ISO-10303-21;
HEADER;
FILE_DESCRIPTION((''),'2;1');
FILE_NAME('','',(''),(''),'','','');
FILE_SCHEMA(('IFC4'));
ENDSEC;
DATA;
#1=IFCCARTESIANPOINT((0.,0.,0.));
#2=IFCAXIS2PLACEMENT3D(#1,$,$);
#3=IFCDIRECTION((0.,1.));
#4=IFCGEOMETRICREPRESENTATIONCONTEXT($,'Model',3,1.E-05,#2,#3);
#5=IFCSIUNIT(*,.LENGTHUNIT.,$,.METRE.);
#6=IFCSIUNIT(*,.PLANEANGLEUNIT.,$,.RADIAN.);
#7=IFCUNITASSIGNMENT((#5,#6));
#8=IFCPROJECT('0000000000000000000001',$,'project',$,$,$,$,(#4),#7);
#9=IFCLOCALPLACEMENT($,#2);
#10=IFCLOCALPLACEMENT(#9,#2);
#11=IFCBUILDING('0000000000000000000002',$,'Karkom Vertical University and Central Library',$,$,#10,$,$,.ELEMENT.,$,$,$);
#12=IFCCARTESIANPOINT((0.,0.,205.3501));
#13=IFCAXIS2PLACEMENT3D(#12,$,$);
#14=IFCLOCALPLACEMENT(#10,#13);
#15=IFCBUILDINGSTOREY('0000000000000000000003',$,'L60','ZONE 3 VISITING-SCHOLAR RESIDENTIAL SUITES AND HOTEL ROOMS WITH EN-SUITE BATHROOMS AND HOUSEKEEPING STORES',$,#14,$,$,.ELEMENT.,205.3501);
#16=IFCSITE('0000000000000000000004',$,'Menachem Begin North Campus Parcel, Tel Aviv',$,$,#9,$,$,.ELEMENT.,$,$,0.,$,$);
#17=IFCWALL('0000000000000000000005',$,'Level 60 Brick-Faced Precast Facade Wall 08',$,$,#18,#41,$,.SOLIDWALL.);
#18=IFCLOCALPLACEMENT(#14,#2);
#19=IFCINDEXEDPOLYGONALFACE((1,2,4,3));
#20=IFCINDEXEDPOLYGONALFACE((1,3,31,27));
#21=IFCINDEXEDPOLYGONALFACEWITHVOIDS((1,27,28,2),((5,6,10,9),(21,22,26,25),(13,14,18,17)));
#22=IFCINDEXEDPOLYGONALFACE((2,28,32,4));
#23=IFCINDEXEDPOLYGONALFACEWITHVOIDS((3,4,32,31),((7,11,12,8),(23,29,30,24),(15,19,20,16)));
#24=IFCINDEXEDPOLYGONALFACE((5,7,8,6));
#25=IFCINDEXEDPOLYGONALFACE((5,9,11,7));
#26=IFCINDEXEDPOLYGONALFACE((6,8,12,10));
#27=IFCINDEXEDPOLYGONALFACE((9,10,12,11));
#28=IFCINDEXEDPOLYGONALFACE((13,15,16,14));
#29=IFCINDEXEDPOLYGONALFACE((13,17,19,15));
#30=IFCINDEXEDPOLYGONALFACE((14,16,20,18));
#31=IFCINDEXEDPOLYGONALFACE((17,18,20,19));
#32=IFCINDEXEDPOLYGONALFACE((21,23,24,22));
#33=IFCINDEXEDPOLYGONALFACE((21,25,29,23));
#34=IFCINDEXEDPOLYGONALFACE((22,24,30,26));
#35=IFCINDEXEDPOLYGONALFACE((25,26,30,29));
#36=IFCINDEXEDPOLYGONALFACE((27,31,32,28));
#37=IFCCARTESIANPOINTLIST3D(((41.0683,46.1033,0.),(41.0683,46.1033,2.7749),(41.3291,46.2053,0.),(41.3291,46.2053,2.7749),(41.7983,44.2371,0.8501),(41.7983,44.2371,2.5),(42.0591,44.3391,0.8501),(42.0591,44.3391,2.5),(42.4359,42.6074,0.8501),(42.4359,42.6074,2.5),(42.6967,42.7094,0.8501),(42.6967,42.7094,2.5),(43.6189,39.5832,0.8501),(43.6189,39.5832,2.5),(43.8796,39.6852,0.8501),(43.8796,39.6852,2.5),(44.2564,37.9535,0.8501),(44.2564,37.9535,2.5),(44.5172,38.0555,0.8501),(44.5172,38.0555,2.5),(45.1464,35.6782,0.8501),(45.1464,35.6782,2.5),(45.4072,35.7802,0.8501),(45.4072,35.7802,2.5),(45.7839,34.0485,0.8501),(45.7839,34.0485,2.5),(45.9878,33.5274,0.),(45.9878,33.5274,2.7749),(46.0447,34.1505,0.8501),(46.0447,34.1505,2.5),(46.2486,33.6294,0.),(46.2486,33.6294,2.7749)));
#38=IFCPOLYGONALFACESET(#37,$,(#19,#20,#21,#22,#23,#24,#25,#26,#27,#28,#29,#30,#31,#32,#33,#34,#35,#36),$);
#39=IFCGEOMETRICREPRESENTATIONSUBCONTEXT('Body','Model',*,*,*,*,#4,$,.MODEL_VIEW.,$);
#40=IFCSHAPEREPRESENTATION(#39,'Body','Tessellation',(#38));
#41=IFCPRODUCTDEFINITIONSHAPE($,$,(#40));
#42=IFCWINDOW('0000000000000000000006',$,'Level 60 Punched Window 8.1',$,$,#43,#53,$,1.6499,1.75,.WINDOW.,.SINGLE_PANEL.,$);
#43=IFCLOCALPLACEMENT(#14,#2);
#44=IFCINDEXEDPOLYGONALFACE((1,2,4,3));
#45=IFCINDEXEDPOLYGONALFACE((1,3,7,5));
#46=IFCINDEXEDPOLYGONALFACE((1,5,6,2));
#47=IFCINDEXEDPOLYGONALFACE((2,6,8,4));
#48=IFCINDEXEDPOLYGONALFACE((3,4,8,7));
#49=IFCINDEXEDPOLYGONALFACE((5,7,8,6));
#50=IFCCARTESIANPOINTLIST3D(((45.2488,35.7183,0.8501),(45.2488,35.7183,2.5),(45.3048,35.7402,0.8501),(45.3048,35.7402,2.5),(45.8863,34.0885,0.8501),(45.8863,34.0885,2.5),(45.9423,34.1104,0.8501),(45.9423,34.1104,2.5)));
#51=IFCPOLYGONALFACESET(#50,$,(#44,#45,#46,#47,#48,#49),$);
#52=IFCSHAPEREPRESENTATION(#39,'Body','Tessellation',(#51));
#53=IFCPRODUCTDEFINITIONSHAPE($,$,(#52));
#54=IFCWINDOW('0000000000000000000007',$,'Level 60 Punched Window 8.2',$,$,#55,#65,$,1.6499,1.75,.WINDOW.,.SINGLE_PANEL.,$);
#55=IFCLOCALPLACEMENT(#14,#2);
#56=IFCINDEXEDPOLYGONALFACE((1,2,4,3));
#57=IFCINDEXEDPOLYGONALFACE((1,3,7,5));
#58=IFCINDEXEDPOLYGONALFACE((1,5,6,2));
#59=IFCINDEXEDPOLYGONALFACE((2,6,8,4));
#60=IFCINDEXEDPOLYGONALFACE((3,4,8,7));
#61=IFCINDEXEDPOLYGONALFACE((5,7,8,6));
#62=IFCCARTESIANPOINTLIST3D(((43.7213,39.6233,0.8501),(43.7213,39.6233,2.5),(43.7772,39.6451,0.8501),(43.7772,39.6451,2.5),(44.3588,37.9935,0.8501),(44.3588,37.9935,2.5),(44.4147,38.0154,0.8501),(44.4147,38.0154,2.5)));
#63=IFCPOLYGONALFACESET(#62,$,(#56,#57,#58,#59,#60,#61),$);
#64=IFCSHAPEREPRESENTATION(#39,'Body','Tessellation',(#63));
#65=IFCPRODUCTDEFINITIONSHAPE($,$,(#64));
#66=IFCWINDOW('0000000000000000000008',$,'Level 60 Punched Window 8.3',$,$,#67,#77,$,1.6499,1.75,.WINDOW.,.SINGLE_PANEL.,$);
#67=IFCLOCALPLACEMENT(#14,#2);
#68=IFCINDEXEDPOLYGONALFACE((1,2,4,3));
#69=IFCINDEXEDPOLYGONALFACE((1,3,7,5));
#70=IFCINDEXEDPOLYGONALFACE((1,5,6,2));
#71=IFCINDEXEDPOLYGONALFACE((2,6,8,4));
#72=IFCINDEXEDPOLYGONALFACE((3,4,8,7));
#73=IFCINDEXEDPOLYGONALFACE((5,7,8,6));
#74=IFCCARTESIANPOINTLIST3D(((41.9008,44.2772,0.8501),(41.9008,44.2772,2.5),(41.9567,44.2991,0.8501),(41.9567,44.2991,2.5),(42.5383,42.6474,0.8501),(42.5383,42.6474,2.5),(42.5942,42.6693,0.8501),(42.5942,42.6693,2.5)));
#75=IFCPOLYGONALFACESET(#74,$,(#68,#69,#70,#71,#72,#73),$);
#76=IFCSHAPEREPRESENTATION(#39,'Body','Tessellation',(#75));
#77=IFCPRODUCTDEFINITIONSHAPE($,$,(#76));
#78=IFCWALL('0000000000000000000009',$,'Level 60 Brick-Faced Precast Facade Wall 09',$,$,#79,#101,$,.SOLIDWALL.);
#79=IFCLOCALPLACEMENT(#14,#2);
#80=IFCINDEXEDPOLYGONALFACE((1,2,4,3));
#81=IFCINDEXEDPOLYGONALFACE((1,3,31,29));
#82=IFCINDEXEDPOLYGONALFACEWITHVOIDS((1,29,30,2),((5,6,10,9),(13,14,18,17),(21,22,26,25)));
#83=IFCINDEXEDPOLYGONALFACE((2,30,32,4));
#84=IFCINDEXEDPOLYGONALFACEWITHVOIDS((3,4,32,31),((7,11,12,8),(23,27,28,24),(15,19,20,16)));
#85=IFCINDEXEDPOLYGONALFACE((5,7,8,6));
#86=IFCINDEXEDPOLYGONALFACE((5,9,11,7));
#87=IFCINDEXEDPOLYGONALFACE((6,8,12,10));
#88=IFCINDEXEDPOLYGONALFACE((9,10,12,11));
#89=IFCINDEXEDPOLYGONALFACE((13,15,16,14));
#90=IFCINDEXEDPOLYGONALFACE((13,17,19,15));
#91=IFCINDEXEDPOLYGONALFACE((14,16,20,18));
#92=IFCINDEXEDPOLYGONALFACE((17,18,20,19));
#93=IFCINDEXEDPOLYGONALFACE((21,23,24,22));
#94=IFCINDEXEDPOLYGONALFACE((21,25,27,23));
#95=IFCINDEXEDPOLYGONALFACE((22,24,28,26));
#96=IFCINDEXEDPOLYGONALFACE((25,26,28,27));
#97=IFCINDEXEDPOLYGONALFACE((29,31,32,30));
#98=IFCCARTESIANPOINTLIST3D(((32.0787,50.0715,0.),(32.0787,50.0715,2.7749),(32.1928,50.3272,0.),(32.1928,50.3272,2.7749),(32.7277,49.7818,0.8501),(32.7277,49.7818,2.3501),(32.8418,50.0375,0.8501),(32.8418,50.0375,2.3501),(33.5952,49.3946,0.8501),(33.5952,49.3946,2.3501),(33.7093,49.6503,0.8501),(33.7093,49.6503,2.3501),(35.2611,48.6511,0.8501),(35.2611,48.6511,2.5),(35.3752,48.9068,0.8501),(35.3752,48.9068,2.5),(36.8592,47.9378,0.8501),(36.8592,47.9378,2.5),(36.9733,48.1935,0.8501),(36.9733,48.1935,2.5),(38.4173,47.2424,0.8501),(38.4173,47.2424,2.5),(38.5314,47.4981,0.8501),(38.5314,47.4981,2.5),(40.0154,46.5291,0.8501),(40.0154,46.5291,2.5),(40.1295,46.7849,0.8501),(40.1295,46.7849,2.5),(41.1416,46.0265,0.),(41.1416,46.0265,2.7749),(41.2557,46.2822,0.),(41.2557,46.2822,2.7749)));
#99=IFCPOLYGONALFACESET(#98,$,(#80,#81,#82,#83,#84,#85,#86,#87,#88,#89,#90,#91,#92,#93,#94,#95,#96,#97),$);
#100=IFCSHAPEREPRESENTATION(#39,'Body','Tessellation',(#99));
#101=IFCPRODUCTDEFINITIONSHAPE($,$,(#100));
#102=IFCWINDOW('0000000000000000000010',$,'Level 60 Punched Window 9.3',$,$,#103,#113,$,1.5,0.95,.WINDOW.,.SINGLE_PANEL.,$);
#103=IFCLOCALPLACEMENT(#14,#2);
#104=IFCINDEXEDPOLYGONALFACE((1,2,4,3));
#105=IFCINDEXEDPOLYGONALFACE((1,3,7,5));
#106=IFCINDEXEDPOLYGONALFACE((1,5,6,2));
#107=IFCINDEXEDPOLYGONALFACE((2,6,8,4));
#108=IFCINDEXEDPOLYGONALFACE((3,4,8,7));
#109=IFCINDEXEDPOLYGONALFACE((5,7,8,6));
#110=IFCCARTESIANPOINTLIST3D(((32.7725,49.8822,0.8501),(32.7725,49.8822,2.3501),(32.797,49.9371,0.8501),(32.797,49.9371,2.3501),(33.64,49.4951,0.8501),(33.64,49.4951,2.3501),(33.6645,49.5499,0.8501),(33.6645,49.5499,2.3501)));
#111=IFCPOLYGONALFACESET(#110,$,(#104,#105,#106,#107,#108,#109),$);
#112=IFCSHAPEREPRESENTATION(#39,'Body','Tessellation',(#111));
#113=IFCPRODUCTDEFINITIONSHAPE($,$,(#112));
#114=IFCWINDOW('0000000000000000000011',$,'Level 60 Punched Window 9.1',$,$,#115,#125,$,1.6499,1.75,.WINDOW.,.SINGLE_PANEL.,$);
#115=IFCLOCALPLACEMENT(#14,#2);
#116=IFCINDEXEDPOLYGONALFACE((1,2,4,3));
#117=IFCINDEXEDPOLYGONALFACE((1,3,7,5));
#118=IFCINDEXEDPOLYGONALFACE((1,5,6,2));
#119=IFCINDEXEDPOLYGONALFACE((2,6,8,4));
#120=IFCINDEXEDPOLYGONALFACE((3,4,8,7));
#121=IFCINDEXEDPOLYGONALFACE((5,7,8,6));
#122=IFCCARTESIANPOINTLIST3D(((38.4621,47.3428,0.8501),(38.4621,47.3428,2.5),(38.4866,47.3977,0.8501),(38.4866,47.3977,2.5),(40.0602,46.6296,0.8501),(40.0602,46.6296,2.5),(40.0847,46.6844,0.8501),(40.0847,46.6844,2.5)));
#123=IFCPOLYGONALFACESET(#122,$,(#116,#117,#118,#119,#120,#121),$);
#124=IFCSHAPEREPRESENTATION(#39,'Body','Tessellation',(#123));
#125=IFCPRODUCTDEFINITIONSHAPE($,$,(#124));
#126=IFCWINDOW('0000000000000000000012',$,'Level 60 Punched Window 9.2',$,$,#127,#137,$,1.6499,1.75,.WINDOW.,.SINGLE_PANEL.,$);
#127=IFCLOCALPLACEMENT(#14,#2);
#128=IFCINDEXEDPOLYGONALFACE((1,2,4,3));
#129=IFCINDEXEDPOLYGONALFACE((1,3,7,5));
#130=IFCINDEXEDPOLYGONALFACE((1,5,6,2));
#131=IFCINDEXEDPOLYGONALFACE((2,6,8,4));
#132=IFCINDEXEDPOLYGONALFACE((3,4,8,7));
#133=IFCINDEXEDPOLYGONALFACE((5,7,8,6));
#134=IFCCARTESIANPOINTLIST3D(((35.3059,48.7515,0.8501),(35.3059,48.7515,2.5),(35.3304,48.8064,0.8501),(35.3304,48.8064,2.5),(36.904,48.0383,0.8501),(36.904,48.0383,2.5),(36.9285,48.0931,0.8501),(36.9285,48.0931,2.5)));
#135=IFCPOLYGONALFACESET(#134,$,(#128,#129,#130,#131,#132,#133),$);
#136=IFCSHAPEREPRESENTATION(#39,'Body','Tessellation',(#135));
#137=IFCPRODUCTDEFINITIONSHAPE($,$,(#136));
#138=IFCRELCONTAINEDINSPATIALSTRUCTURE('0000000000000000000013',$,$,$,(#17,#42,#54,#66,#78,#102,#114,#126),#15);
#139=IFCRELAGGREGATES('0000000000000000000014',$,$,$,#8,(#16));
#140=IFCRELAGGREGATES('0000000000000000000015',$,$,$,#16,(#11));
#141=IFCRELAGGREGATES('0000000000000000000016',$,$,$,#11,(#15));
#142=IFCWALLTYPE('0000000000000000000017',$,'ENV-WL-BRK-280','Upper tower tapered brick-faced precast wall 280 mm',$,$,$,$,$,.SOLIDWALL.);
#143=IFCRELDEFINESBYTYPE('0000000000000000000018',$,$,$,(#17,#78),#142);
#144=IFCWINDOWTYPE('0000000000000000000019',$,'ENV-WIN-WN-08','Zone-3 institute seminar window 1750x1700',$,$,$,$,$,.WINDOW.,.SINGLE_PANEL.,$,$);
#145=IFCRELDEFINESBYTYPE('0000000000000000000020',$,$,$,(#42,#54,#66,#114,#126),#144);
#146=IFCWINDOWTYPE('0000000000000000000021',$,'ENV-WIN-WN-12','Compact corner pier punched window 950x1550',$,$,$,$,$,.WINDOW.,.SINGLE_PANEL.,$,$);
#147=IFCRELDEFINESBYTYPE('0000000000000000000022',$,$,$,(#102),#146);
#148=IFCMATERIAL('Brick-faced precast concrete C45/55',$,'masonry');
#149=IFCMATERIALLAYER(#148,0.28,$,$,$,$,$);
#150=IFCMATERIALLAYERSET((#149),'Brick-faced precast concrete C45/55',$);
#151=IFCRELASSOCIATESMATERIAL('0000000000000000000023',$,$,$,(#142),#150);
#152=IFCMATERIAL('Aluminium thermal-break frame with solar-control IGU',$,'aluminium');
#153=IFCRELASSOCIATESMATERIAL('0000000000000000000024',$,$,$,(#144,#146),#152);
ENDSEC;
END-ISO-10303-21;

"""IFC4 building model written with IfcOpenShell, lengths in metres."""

from ifc_helpers import new_model, si_unit, direction, frame, frame_2d, origin, origin_with_axes, place, context, subcontext, project, spatial, rectangle, extrude, source, transform, mapped, material, layer, layer_set, type_object, element, fill, save


model = new_model("IFC4")

# Units and contexts
model_context = context("Model", 3, precision=1e-05, world=origin(), true_north=direction((0.0, 1.0)))
body_context = subcontext(model_context, "Body", "Model", "MODEL_VIEW")
ifc_project = project(units=[si_unit("LENGTHUNIT", "METRE"), si_unit("PLANEANGLEUNIT", "RADIAN")], contexts=[model_context])

# Site, building, storey
site_placement = place(None, origin())
site = spatial("IfcSite", under=ifc_project, at=site_placement, Name="Menachem Begin North Campus Parcel, Tel Aviv", CompositionType="ELEMENT", RefElevation=0.0)
building_placement = place(site_placement, origin())
building = spatial("IfcBuilding", under=site, at=building_placement, Name="Karkom Vertical University and Central Library", CompositionType="ELEMENT")
storey_placement = place(building_placement, frame((0.0, 0.0, 205.3501)))
storey = spatial("IfcBuildingStorey", under=building, at=storey_placement, Name="L60", Description="ZONE 3 VISITING-SCHOLAR RESIDENTIAL SUITES AND HOTEL ROOMS WITH EN-SUITE BATHROOMS AND HOUSEKEEPING STORES", CompositionType="ELEMENT", Elevation=205.3501)

# Walls, openings, windows
ifc_material_1 = material(Name="Brick-faced precast concrete C45/55", Category="masonry")
ifc_layer_1 = layer(ifc_material_1, 0.28)
ifc_layer_set_1 = layer_set([ifc_layer_1], Name="Brick-faced precast concrete C45/55")
wall_type_1 = type_object("IfcWallType", Name="ENV-WL-BRK-280", Description="Upper tower tapered brick-faced precast wall 280 mm", PredefinedType="SOLIDWALL", material=ifc_layer_set_1)
wall_1_placement = place(storey_placement, frame((46.1182, 33.5784, 0.0), z_axis=(0.0, 0.0, 1.0), x_axis=(-0.364298, 0.931283, 0.0)))
wall_1 = element("IfcWall", 1, at=wall_1_placement, inside=storey, type_object=wall_type_1, Name="Level 60 Brick-Faced Precast Facade Wall 08", PredefinedType="SOLIDWALL", context=body_context, shape_type="SweptSolid", body=[
    extrude(rectangle(XDim=13.5039, YDim=0.28, at=frame_2d((6.752, 0.0))), origin(), (0.0, 0.0, 1.0), 2.7749),
])
opening_1_placement = place(wall_1_placement, frame((0.5596, 0.0, 0.8501)))
opening_1 = element("IfcOpeningElement", 2, at=opening_1_placement, cuts=wall_1, PredefinedType="OPENING", context=body_context, shape_type="SweptSolid", body=[
    extrude(rectangle(XDim=1.75, YDim=1.6499, at=frame_2d((0.875, 0.825))), frame((0.0, 0.1499, 0.0), z_axis=(0.0, -1.0, 0.0), x_axis=(1.0, 0.0, 0.0)), (0.0, 0.0, 1.0), 0.3),
])
opening_2_placement = place(wall_1_placement, frame((4.7527, 0.0, 0.8501)))
opening_2 = element("IfcOpeningElement", 3, at=opening_2_placement, cuts=wall_1, PredefinedType="OPENING", context=body_context, shape_type="SweptSolid", body=[
    extrude(rectangle(XDim=1.75, YDim=1.6499, at=frame_2d((0.875, 0.825))), frame((0.0, 0.1499, 0.0), z_axis=(0.0, -1.0, 0.0), x_axis=(1.0, 0.0, 0.0)), (0.0, 0.0, 1.0), 0.3),
])
opening_3_placement = place(wall_1_placement, frame((9.75, 0.0, 0.8501)))
opening_3 = element("IfcOpeningElement", 4, at=opening_3_placement, cuts=wall_1, PredefinedType="OPENING", context=body_context, shape_type="SweptSolid", body=[
    extrude(rectangle(XDim=1.75, YDim=1.6499, at=frame_2d((0.875, 0.825))), frame((0.0, 0.1499, 0.0), z_axis=(0.0, -1.0, 0.0), x_axis=(1.0, 0.0, 0.0)), (0.0, 0.0, 1.0), 0.3),
])
ifc_material_2 = material(Name="Aluminium thermal-break frame with solar-control IGU", Category="aluminium")
window_type_1 = type_object("IfcWindowType", Name="ENV-WIN-WN-08", Description="Zone-3 institute seminar window 1750x1700", PartitioningType="SINGLE_PANEL", PredefinedType="WINDOW", material=ifc_material_2)
shared_shape_1 = source(origin_with_axes(), body_context, "Body", "SweptSolid", [
    extrude(rectangle(XDim=1.75, YDim=1.6499, at=frame_2d((0.875, 0.825))), frame((0.0, 0.03, 0.0), z_axis=(0.0, -1.0, 0.0), x_axis=(1.0, 0.0, 0.0)), (0.0, 0.0, 1.0), 0.0601),
])
window_1_placement = place(opening_1_placement, origin())
window_1 = element("IfcWindow", 5, at=window_1_placement, inside=storey, type_object=window_type_1, Name="Level 60 Punched Window 8.1", OverallHeight=1.6499, OverallWidth=1.75, PartitioningType="SINGLE_PANEL", PredefinedType="WINDOW", context=body_context, shape_type="MappedRepresentation", body=[
    mapped(shared_shape_1, transform((0.0, 0.0, 0.0), scale=1.0)),
])
fill(opening_1, window_1)
window_2_placement = place(opening_2_placement, origin())
window_2 = element("IfcWindow", 6, at=window_2_placement, inside=storey, type_object=window_type_1, Name="Level 60 Punched Window 8.2", OverallHeight=1.6499, OverallWidth=1.75, PartitioningType="SINGLE_PANEL", PredefinedType="WINDOW", context=body_context, shape_type="MappedRepresentation", body=[
    mapped(shared_shape_1, transform((0.0, 0.0, 0.0), scale=1.0)),
])
fill(opening_2, window_2)
window_3_placement = place(opening_3_placement, origin())
window_3 = element("IfcWindow", 7, at=window_3_placement, inside=storey, type_object=window_type_1, Name="Level 60 Punched Window 8.3", OverallHeight=1.6499, OverallWidth=1.75, PartitioningType="SINGLE_PANEL", PredefinedType="WINDOW", context=body_context, shape_type="MappedRepresentation", body=[
    mapped(shared_shape_1, transform((0.0, 0.0, 0.0), scale=1.0)),
])
fill(opening_3, window_3)
wall_2_placement = place(storey_placement, frame((41.1987, 46.1543, 0.0), z_axis=(0.0, 0.0, 1.0), x_axis=(-0.913173, 0.407571, 0.0)))
wall_2 = element("IfcWall", 8, at=wall_2_placement, inside=storey, type_object=wall_type_1, Name="Level 60 Brick-Faced Precast Facade Wall 09", PredefinedType="SOLIDWALL", context=body_context, shape_type="SweptSolid", body=[
    extrude(rectangle(XDim=9.9246, YDim=0.28, at=frame_2d((4.9624, 0.0))), origin(), (0.0, 0.0, 1.0), 2.7749),
])
opening_4_placement = place(wall_2_placement, frame((1.2334, 0.0, 0.8501)))
opening_4 = element("IfcOpeningElement", 9, at=opening_4_placement, cuts=wall_2, PredefinedType="OPENING", context=body_context, shape_type="SweptSolid", body=[
    extrude(rectangle(XDim=1.75, YDim=1.6499, at=frame_2d((0.875, 0.825))), frame((0.0, 0.1499, 0.0), z_axis=(0.0, -1.0, 0.0), x_axis=(1.0, 0.0, 0.0)), (0.0, 0.0, 1.0), 0.3),
])
opening_5_placement = place(wall_2_placement, frame((4.6897, 0.0, 0.8501)))
opening_5 = element("IfcOpeningElement", 10, at=opening_5_placement, cuts=wall_2, PredefinedType="OPENING", context=body_context, shape_type="SweptSolid", body=[
    extrude(rectangle(XDim=1.75, YDim=1.6499, at=frame_2d((0.875, 0.825))), frame((0.0, 0.1499, 0.0), z_axis=(0.0, -1.0, 0.0), x_axis=(1.0, 0.0, 0.0)), (0.0, 0.0, 1.0), 0.3),
])
opening_6_placement = place(wall_2_placement, frame((8.2639, 0.0, 0.8501)))
opening_6 = element("IfcOpeningElement", 11, at=opening_6_placement, cuts=wall_2, PredefinedType="OPENING", context=body_context, shape_type="SweptSolid", body=[
    extrude(rectangle(XDim=0.95, YDim=1.5, at=frame_2d((0.4751, 0.75))), frame((0.0, 0.1499, 0.0), z_axis=(0.0, -1.0, 0.0), x_axis=(1.0, 0.0, 0.0)), (0.0, 0.0, 1.0), 0.3),
])
window_type_2 = type_object("IfcWindowType", Name="ENV-WIN-WN-12", Description="Compact corner pier punched window 950x1550", PartitioningType="SINGLE_PANEL", PredefinedType="WINDOW", material=ifc_material_2)
shared_shape_2 = source(origin_with_axes(), body_context, "Body", "SweptSolid", [
    extrude(rectangle(XDim=0.95, YDim=1.5, at=frame_2d((0.4751, 0.75))), frame((0.0, 0.03, 0.0), z_axis=(0.0, -1.0, 0.0), x_axis=(1.0, 0.0, 0.0)), (0.0, 0.0, 1.0), 0.0601),
])
window_4_placement = place(opening_6_placement, origin())
window_4 = element("IfcWindow", 12, at=window_4_placement, inside=storey, type_object=window_type_2, Name="Level 60 Punched Window 9.3", OverallHeight=1.5, OverallWidth=0.95, PartitioningType="SINGLE_PANEL", PredefinedType="WINDOW", context=body_context, shape_type="MappedRepresentation", body=[
    mapped(shared_shape_2, transform((0.0, 0.0, 0.0), scale=1.0)),
])
fill(opening_6, window_4)
window_5_placement = place(opening_4_placement, origin())
window_5 = element("IfcWindow", 13, at=window_5_placement, inside=storey, type_object=window_type_1, Name="Level 60 Punched Window 9.1", OverallHeight=1.6499, OverallWidth=1.75, PartitioningType="SINGLE_PANEL", PredefinedType="WINDOW", context=body_context, shape_type="MappedRepresentation", body=[
    mapped(shared_shape_1, transform((0.0, 0.0, 0.0), scale=1.0)),
])
fill(opening_4, window_5)
window_6_placement = place(opening_5_placement, origin())
window_6 = element("IfcWindow", 14, at=window_6_placement, inside=storey, type_object=window_type_1, Name="Level 60 Punched Window 9.2", OverallHeight=1.6499, OverallWidth=1.75, PartitioningType="SINGLE_PANEL", PredefinedType="WINDOW", context=body_context, shape_type="MappedRepresentation", body=[
    mapped(shared_shape_1, transform((0.0, 0.0, 0.0), scale=1.0)),
])
fill(opening_5, window_6)

save(model, "model.ifc")
